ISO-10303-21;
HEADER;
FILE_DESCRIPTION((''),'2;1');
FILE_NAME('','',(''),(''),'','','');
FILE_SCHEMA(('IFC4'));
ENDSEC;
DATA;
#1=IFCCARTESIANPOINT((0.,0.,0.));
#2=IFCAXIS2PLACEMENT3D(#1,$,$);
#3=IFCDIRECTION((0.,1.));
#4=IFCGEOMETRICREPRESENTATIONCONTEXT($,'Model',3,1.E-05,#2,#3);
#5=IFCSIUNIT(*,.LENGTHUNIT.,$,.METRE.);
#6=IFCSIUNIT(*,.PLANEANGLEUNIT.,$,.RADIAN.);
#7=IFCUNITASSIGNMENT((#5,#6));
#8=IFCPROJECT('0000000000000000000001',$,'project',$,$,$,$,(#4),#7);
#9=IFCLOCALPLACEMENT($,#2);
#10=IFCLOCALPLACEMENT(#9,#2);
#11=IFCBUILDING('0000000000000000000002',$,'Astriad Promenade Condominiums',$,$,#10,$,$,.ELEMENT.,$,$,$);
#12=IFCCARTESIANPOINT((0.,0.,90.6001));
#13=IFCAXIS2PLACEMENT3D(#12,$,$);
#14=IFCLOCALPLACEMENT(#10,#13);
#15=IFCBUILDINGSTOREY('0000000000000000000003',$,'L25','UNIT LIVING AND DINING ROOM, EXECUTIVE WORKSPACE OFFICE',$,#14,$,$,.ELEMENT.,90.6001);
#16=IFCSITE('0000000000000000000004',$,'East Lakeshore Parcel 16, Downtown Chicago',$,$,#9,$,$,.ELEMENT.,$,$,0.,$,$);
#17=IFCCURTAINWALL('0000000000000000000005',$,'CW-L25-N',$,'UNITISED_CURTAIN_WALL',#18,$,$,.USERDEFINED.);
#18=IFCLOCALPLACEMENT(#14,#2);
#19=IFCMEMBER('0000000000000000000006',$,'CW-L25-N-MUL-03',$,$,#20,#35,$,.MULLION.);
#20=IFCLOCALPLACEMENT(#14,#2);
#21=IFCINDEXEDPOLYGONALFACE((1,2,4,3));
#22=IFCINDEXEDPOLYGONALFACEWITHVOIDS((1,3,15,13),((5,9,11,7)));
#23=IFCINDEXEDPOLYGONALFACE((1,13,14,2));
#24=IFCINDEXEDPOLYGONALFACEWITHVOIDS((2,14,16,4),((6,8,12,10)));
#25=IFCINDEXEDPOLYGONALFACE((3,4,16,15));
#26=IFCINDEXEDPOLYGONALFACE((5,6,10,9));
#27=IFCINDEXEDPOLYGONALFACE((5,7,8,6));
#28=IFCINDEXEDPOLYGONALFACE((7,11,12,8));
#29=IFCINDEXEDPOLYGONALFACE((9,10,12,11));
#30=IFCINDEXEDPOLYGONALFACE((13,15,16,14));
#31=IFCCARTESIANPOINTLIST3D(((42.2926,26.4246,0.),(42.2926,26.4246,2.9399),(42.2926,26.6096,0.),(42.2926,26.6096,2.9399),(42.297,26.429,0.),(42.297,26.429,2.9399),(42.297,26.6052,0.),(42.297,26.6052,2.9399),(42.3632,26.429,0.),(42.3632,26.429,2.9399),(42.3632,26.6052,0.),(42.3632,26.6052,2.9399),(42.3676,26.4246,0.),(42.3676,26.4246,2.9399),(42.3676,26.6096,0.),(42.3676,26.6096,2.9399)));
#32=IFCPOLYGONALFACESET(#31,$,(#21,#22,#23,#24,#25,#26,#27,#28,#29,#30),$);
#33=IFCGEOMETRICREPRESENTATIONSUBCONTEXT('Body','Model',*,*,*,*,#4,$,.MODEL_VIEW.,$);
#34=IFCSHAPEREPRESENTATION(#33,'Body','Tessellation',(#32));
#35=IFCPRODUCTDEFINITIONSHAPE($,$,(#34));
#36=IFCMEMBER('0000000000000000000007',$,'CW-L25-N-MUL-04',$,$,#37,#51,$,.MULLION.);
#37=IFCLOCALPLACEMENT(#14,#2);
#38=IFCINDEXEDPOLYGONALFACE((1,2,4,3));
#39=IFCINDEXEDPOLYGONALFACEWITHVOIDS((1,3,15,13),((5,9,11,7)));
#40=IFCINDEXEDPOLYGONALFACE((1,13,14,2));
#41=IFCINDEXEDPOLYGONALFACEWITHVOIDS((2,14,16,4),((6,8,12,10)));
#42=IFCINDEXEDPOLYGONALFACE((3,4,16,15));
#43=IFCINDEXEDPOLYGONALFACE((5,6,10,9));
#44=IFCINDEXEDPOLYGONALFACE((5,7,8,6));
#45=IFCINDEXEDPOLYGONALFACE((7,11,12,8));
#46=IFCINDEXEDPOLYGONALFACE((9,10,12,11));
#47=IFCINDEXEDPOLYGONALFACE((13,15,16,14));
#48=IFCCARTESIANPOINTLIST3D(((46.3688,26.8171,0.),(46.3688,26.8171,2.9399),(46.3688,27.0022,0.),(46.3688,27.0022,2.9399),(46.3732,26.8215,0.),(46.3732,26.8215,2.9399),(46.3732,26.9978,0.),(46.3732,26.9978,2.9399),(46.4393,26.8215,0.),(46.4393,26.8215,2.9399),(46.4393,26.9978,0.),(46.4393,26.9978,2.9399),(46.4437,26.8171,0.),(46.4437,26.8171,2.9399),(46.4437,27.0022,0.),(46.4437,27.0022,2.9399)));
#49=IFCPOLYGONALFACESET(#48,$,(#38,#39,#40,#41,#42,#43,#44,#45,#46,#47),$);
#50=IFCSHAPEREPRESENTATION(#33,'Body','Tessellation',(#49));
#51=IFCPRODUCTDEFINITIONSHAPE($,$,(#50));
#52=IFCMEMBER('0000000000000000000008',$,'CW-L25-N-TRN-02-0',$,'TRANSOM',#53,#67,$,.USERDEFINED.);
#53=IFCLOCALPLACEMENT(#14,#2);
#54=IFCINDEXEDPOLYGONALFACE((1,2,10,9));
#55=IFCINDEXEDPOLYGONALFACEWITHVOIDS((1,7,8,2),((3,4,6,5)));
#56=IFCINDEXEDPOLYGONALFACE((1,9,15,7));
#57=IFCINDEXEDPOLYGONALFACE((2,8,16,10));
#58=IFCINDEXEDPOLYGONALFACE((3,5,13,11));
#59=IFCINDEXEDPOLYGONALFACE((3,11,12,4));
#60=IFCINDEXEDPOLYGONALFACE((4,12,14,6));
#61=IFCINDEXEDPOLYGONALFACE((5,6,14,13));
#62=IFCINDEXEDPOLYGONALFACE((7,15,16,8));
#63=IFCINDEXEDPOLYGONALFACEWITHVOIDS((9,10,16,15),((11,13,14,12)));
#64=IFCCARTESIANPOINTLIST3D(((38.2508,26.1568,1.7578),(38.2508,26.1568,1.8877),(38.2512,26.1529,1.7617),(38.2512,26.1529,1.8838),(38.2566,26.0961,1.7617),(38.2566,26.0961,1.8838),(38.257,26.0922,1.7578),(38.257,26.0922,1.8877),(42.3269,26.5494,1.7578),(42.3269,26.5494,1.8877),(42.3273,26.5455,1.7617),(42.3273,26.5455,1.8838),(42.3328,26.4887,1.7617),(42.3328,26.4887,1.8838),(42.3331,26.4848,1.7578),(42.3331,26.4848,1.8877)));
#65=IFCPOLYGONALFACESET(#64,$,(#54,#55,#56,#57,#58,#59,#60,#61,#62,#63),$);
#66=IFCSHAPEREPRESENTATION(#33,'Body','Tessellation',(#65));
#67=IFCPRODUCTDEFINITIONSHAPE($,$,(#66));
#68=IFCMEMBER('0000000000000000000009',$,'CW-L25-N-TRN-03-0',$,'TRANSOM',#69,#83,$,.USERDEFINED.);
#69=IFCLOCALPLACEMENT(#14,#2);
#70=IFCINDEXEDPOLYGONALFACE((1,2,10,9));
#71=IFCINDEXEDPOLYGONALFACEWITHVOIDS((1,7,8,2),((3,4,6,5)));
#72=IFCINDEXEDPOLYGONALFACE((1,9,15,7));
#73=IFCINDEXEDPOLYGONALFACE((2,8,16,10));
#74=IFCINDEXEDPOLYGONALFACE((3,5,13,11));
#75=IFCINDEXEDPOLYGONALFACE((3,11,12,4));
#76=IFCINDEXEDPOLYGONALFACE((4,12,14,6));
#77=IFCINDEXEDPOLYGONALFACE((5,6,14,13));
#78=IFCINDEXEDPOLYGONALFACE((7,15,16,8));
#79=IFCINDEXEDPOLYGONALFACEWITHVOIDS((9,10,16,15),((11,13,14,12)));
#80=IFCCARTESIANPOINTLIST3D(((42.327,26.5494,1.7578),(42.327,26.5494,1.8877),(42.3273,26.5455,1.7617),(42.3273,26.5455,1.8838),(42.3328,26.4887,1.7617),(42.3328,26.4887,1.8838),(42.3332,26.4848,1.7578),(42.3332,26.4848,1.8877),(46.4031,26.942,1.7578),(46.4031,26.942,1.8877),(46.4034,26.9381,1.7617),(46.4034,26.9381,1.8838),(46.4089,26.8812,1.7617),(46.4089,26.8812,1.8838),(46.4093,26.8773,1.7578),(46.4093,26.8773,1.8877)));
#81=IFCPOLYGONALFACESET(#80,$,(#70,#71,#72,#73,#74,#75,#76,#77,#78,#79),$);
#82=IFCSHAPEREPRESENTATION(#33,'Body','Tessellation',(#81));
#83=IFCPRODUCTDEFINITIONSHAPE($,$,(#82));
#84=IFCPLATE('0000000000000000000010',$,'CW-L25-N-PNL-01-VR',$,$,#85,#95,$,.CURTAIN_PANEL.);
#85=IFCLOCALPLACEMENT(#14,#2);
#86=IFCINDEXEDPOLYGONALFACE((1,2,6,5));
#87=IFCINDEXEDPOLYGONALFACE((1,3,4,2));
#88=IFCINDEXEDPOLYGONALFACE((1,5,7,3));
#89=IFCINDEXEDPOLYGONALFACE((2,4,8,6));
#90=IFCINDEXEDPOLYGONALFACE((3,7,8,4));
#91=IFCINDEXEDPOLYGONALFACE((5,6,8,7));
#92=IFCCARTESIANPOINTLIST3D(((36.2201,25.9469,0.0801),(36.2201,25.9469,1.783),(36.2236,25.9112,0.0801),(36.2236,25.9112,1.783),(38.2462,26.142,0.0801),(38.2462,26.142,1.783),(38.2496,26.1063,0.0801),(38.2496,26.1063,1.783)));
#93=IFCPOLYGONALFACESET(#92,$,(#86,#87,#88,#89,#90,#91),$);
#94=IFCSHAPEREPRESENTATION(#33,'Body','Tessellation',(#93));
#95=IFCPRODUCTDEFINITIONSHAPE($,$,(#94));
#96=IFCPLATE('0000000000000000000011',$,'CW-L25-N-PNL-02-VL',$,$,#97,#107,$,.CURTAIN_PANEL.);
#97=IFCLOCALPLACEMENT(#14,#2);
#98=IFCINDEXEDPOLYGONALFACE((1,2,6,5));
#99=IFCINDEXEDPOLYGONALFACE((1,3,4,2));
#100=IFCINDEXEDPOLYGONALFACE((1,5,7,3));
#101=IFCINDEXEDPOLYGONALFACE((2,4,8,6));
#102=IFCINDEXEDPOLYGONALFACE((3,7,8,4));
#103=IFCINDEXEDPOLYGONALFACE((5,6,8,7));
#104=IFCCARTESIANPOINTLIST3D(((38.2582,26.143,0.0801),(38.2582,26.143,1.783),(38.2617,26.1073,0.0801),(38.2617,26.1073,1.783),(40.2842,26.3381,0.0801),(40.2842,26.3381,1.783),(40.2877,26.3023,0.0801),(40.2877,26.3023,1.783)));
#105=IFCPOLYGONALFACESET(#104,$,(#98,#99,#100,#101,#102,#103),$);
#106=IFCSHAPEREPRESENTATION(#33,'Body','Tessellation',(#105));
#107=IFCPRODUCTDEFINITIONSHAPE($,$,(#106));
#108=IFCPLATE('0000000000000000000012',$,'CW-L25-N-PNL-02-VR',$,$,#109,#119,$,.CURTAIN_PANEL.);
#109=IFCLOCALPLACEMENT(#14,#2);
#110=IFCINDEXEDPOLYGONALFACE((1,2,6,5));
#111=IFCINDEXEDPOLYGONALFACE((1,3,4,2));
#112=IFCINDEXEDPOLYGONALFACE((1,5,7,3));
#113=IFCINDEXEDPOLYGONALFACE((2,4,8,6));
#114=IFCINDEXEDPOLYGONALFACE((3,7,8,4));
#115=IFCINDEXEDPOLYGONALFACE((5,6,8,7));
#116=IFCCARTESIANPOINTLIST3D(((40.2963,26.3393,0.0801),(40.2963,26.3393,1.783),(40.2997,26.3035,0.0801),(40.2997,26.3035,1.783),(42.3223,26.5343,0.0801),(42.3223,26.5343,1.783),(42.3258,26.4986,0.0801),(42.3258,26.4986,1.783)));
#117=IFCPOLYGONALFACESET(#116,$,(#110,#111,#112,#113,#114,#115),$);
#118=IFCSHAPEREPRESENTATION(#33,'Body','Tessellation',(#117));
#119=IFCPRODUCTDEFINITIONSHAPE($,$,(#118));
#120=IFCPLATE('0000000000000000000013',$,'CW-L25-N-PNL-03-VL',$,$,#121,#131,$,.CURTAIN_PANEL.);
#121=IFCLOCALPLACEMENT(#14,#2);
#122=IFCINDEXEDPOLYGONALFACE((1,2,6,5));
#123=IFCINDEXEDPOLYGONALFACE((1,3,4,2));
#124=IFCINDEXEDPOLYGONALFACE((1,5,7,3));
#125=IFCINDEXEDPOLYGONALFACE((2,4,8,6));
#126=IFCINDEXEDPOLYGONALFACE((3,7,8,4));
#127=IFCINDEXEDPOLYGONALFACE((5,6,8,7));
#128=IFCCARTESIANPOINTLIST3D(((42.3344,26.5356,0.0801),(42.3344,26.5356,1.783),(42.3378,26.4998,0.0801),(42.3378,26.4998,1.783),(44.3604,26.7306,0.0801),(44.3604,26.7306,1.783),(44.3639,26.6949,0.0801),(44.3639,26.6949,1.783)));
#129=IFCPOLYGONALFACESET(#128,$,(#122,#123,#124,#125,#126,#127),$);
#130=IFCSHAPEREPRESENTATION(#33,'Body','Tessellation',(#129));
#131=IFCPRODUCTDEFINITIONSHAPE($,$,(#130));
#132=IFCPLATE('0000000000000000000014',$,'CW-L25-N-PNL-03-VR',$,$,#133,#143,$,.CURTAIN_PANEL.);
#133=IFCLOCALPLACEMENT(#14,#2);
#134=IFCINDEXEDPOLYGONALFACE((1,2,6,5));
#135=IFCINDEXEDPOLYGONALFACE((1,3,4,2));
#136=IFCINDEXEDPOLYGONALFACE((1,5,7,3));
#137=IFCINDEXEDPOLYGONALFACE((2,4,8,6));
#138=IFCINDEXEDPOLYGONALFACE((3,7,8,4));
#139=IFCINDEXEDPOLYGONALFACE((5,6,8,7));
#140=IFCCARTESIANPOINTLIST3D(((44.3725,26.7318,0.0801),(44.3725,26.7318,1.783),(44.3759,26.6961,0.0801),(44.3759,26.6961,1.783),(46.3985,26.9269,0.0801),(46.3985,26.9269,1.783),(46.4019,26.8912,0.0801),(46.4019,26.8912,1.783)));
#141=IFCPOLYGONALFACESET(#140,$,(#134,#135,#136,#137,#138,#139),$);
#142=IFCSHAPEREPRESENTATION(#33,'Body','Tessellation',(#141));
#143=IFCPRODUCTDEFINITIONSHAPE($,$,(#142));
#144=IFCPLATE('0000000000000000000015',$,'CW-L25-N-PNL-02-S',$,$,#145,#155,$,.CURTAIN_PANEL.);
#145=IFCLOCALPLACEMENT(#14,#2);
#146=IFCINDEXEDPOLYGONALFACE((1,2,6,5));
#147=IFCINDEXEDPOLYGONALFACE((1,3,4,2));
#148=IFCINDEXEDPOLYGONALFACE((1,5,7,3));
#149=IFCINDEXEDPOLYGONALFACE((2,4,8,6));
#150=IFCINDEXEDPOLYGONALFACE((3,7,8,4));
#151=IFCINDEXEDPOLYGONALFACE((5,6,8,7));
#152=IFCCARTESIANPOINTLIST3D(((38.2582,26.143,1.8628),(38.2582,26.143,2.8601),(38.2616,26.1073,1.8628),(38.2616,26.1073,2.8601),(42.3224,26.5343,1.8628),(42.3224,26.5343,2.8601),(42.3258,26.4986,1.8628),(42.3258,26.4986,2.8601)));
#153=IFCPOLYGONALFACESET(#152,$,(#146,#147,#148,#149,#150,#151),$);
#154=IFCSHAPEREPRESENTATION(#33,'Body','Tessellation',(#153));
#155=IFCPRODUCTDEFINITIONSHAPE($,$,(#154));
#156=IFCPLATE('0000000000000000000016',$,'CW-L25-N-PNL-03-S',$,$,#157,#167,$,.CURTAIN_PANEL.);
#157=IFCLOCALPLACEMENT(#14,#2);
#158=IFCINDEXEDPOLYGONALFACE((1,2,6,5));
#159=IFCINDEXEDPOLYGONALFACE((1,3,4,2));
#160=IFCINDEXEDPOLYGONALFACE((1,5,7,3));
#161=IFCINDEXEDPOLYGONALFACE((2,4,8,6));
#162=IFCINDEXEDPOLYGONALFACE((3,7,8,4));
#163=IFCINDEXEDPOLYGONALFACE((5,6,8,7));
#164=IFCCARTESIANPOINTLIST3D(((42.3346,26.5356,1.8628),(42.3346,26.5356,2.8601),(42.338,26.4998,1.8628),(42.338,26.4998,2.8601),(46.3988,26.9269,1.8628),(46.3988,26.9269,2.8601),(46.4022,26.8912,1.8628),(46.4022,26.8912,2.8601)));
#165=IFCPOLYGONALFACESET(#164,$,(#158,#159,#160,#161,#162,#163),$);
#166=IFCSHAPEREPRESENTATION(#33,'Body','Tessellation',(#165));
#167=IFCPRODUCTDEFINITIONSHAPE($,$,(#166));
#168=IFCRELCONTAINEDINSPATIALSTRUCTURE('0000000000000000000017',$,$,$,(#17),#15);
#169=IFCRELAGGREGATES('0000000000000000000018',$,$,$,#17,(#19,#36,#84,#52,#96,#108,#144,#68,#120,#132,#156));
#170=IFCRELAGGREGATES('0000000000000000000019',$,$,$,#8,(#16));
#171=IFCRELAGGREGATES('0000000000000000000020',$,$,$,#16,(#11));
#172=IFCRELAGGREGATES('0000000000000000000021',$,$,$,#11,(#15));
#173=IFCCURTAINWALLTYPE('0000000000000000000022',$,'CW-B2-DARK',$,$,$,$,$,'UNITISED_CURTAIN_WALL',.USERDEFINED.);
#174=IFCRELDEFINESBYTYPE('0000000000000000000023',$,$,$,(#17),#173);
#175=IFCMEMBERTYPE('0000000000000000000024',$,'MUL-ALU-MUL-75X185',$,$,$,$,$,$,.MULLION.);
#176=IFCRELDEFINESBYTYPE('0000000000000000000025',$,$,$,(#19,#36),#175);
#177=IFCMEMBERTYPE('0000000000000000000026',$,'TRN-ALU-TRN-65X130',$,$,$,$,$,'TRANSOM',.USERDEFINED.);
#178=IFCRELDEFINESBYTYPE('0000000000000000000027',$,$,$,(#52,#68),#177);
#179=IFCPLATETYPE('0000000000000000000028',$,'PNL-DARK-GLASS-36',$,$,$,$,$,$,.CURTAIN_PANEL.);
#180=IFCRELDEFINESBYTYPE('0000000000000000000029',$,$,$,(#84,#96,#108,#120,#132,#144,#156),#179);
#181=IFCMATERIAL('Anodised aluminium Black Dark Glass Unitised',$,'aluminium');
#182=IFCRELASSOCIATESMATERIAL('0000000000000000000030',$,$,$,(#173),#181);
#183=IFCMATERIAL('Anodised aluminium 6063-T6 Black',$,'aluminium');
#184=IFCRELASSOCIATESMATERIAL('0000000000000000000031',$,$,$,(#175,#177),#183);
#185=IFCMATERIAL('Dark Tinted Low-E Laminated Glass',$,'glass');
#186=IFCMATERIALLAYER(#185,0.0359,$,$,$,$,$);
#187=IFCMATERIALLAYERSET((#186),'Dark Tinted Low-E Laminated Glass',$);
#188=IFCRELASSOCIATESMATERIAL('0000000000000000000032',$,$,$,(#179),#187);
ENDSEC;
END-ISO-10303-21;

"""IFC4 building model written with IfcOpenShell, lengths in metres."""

from ifc_helpers import new_model, si_unit, direction, frame, origin, origin_2d, place, context, subcontext, project, spatial, rectangle, hollow_rectangle, extrude, source, transform, mapped, material, layer, layer_set, material_profile, profile_set, type_object, type_shapes, element, aggregate, save


model = new_model("IFC4")

# Units and contexts
model_context = context("Model", 3, precision=1e-05, world=origin(), true_north=direction((0.0, 1.0)))
body_context = subcontext(model_context, "Body", "Model", "MODEL_VIEW")
ifc_project = project(units=[si_unit("LENGTHUNIT", "METRE"), si_unit("PLANEANGLEUNIT", "RADIAN")], contexts=[model_context])

# Site, building, storey
site_placement = place(None, origin())
site = spatial("IfcSite", under=ifc_project, at=site_placement, Name="East Lakeshore Parcel 16, Downtown Chicago", CompositionType="ELEMENT", RefElevation=0.0)
building_placement = place(site_placement, origin())
building = spatial("IfcBuilding", under=site, at=building_placement, Name="Astriad Promenade Condominiums", CompositionType="ELEMENT")
storey_placement = place(building_placement, frame((0.0, 0.0, 90.6001)))
storey = spatial("IfcBuildingStorey", under=building, at=storey_placement, Name="L25", Description="UNIT LIVING AND DINING ROOM, EXECUTIVE WORKSPACE OFFICE", CompositionType="ELEMENT", Elevation=90.6001)

# Curtain wall, members, plates
ifc_material_1 = material(Name="Anodised aluminium Black Dark Glass Unitised", Category="aluminium")
curtain_wall_type = type_object("IfcCurtainWallType", Name="CW-B2-DARK", ElementType="UNITISED_CURTAIN_WALL", PredefinedType="USERDEFINED", material=ifc_material_1)
curtain_wall_placement = place(storey_placement, origin())
curtain_wall = element("IfcCurtainWall", 1, at=curtain_wall_placement, inside=storey, type_object=curtain_wall_type, Name="CW-L25-N", ObjectType="UNITISED_CURTAIN_WALL", PredefinedType="USERDEFINED")
ifc_material_2 = material(Name="Anodised aluminium 6063-T6 Black", Category="aluminium")
ifc_material_profile_1 = material_profile(ifc_material_2, hollow_rectangle(XDim=0.075, YDim=0.1851, WallThickness=0.0044, at=origin_2d()), Name="ALU-MUL-75X185")
ifc_profile_set_1 = profile_set([ifc_material_profile_1], Name="Anodised aluminium 6063-T6 Black")
member_type_1 = type_object("IfcMemberType", Name="MUL-ALU-MUL-75X185", PredefinedType="MULLION", material=ifc_profile_set_1)
shared_shape_1 = source(origin(), body_context, "Body", "SweptSolid", [
    extrude(hollow_rectangle(XDim=0.075, YDim=0.1851, WallThickness=0.0044, at=origin_2d()), origin(), (0.0, 0.0, 1.0), 2.9399),
])
type_shapes(member_type_1, [shared_shape_1])
member_1_placement = place(storey_placement, frame((42.3301, 26.5171, 0.0), z_axis=(0.0, 0.0, 1.0), x_axis=(1.0, 0.0, 0.0)))
member_1 = element("IfcMember", 2, at=member_1_placement, type_object=member_type_1, Name="CW-L25-N-MUL-03", PredefinedType="MULLION", context=body_context, shape_type="MappedRepresentation", body=[
    mapped(shared_shape_1, transform((0.0, 0.0, 0.0), scale=1.0)),
])
member_2_placement = place(storey_placement, frame((46.4062, 26.9097, 0.0), z_axis=(0.0, 0.0, 1.0), x_axis=(1.0, 0.0, 0.0)))
member_2 = element("IfcMember", 3, at=member_2_placement, type_object=member_type_1, Name="CW-L25-N-MUL-04", PredefinedType="MULLION", context=body_context, shape_type="MappedRepresentation", body=[
    mapped(shared_shape_1, transform((0.0, 0.0, 0.0), scale=1.0)),
])
ifc_material_profile_2 = material_profile(ifc_material_2, hollow_rectangle(XDim=0.0649, YDim=0.1299, WallThickness=0.0039, at=origin_2d()), Name="ALU-TRN-65X130")
ifc_profile_set_2 = profile_set([ifc_material_profile_2], Name="Anodised aluminium 6063-T6 Black")
member_type_2 = type_object("IfcMemberType", Name="TRN-ALU-TRN-65X130", ElementType="TRANSOM", PredefinedType="USERDEFINED", material=ifc_profile_set_2)
shared_shape_2 = source(origin(), body_context, "Body", "SweptSolid", [
    extrude(hollow_rectangle(XDim=0.0649, YDim=0.1299, WallThickness=0.0039, at=origin_2d()), origin(), (0.0, 0.0, 1.0), 4.095),
])
type_shapes(member_type_2, [shared_shape_2])
member_3_placement = place(storey_placement, frame((38.2539, 26.1245, 1.8228), z_axis=(0.995394, 0.095867, 0.0), x_axis=(-0.095867, 0.995394, 0.0)))
member_3 = element("IfcMember", 4, at=member_3_placement, type_object=member_type_2, Name="CW-L25-N-TRN-02-0", ObjectType="TRANSOM", PredefinedType="USERDEFINED", context=body_context, shape_type="MappedRepresentation", body=[
    mapped(shared_shape_2, transform((0.0, 0.0, 0.0), scale=1.0)),
])
member_4_placement = place(storey_placement, frame((42.3301, 26.5171, 1.8228), z_axis=(0.995394, 0.095867, 0.0), x_axis=(-0.095867, 0.995394, 0.0)))
member_4 = element("IfcMember", 5, at=member_4_placement, type_object=member_type_2, Name="CW-L25-N-TRN-03-0", ObjectType="TRANSOM", PredefinedType="USERDEFINED", context=body_context, shape_type="MappedRepresentation", body=[
    mapped(shared_shape_2, transform((0.0, 0.0, 0.0), scale=1.0)),
])
ifc_material_3 = material(Name="Dark Tinted Low-E Laminated Glass", Category="glass")
ifc_layer_1 = layer(ifc_material_3, 0.0359)
ifc_layer_set_1 = layer_set([ifc_layer_1], Name="Dark Tinted Low-E Laminated Glass")
plate_type = type_object("IfcPlateType", Name="PNL-DARK-GLASS-36", PredefinedType="CURTAIN_PANEL", material=ifc_layer_set_1)
shared_shape_3 = source(origin(), body_context, "Body", "SweptSolid", [
    extrude(rectangle(XDim=2.0354, YDim=0.0359, at=origin_2d()), origin(), (0.0, 0.0, 1.0), 1.7029),
])
plate_1_placement = place(storey_placement, frame((37.2349, 26.0266, 0.0801), z_axis=(0.0, 0.0, 1.0), x_axis=(0.995396, 0.095846, 0.0)))
plate_1 = element("IfcPlate", 6, at=plate_1_placement, type_object=plate_type, Name="CW-L25-N-PNL-01-VR", PredefinedType="CURTAIN_PANEL", context=body_context, shape_type="MappedRepresentation", body=[
    mapped(shared_shape_3, transform((0.0, 0.0, 0.0), scale=1.0)),
])
plate_2_placement = place(storey_placement, frame((39.2729, 26.2227, 0.0801), z_axis=(0.0, 0.0, 1.0), x_axis=(0.995396, 0.095846, 0.0)))
plate_2 = element("IfcPlate", 7, at=plate_2_placement, type_object=plate_type, Name="CW-L25-N-PNL-02-VL", PredefinedType="CURTAIN_PANEL", context=body_context, shape_type="MappedRepresentation", body=[
    mapped(shared_shape_3, transform((0.0, 0.0, 0.0), scale=1.0)),
])
plate_3_placement = place(storey_placement, frame((41.311, 26.4189, 0.0801), z_axis=(0.0, 0.0, 1.0), x_axis=(0.995396, 0.095846, 0.0)))
plate_3 = element("IfcPlate", 8, at=plate_3_placement, type_object=plate_type, Name="CW-L25-N-PNL-02-VR", PredefinedType="CURTAIN_PANEL", context=body_context, shape_type="MappedRepresentation", body=[
    mapped(shared_shape_3, transform((0.0, 0.0, 0.0), scale=1.0)),
])
plate_4_placement = place(storey_placement, frame((43.3491, 26.6152, 0.0801), z_axis=(0.0, 0.0, 1.0), x_axis=(0.995396, 0.095846, 0.0)))
plate_4 = element("IfcPlate", 9, at=plate_4_placement, type_object=plate_type, Name="CW-L25-N-PNL-03-VL", PredefinedType="CURTAIN_PANEL", context=body_context, shape_type="MappedRepresentation", body=[
    mapped(shared_shape_3, transform((0.0, 0.0, 0.0), scale=1.0)),
])
plate_5_placement = place(storey_placement, frame((45.3872, 26.8115, 0.0801), z_axis=(0.0, 0.0, 1.0), x_axis=(0.995396, 0.095846, 0.0)))
plate_5 = element("IfcPlate", 10, at=plate_5_placement, type_object=plate_type, Name="CW-L25-N-PNL-03-VR", PredefinedType="CURTAIN_PANEL", context=body_context, shape_type="MappedRepresentation", body=[
    mapped(shared_shape_3, transform((0.0, 0.0, 0.0), scale=1.0)),
])
shared_shape_4 = source(origin(), body_context, "Body", "SweptSolid", [
    extrude(rectangle(XDim=4.083, YDim=0.0359, at=origin_2d()), origin(), (0.0, 0.0, 1.0), 0.9973),
])
type_shapes(plate_type, [shared_shape_3, shared_shape_4])
plate_6_placement = place(storey_placement, frame((40.292, 26.3208, 1.8628), z_axis=(0.0, 0.0, 1.0), x_axis=(0.995396, 0.095846, 0.0)))
plate_6 = element("IfcPlate", 11, at=plate_6_placement, type_object=plate_type, Name="CW-L25-N-PNL-02-S", PredefinedType="CURTAIN_PANEL", context=body_context, shape_type="MappedRepresentation", body=[
    mapped(shared_shape_4, transform((0.0, 0.0, 0.0), scale=1.0)),
])
plate_7_placement = place(storey_placement, frame((44.3684, 26.7134, 1.8628), z_axis=(0.0, 0.0, 1.0), x_axis=(0.995396, 0.095846, 0.0)))
plate_7 = element("IfcPlate", 12, at=plate_7_placement, type_object=plate_type, Name="CW-L25-N-PNL-03-S", PredefinedType="CURTAIN_PANEL", context=body_context, shape_type="MappedRepresentation", body=[
    mapped(shared_shape_4, transform((0.0, 0.0, 0.0), scale=1.0)),
])
aggregate(curtain_wall, [member_1, member_2, plate_1, member_3, plate_2, plate_3, plate_6, member_4, plate_4, plate_5, plate_7])

save(model, "model.ifc")
